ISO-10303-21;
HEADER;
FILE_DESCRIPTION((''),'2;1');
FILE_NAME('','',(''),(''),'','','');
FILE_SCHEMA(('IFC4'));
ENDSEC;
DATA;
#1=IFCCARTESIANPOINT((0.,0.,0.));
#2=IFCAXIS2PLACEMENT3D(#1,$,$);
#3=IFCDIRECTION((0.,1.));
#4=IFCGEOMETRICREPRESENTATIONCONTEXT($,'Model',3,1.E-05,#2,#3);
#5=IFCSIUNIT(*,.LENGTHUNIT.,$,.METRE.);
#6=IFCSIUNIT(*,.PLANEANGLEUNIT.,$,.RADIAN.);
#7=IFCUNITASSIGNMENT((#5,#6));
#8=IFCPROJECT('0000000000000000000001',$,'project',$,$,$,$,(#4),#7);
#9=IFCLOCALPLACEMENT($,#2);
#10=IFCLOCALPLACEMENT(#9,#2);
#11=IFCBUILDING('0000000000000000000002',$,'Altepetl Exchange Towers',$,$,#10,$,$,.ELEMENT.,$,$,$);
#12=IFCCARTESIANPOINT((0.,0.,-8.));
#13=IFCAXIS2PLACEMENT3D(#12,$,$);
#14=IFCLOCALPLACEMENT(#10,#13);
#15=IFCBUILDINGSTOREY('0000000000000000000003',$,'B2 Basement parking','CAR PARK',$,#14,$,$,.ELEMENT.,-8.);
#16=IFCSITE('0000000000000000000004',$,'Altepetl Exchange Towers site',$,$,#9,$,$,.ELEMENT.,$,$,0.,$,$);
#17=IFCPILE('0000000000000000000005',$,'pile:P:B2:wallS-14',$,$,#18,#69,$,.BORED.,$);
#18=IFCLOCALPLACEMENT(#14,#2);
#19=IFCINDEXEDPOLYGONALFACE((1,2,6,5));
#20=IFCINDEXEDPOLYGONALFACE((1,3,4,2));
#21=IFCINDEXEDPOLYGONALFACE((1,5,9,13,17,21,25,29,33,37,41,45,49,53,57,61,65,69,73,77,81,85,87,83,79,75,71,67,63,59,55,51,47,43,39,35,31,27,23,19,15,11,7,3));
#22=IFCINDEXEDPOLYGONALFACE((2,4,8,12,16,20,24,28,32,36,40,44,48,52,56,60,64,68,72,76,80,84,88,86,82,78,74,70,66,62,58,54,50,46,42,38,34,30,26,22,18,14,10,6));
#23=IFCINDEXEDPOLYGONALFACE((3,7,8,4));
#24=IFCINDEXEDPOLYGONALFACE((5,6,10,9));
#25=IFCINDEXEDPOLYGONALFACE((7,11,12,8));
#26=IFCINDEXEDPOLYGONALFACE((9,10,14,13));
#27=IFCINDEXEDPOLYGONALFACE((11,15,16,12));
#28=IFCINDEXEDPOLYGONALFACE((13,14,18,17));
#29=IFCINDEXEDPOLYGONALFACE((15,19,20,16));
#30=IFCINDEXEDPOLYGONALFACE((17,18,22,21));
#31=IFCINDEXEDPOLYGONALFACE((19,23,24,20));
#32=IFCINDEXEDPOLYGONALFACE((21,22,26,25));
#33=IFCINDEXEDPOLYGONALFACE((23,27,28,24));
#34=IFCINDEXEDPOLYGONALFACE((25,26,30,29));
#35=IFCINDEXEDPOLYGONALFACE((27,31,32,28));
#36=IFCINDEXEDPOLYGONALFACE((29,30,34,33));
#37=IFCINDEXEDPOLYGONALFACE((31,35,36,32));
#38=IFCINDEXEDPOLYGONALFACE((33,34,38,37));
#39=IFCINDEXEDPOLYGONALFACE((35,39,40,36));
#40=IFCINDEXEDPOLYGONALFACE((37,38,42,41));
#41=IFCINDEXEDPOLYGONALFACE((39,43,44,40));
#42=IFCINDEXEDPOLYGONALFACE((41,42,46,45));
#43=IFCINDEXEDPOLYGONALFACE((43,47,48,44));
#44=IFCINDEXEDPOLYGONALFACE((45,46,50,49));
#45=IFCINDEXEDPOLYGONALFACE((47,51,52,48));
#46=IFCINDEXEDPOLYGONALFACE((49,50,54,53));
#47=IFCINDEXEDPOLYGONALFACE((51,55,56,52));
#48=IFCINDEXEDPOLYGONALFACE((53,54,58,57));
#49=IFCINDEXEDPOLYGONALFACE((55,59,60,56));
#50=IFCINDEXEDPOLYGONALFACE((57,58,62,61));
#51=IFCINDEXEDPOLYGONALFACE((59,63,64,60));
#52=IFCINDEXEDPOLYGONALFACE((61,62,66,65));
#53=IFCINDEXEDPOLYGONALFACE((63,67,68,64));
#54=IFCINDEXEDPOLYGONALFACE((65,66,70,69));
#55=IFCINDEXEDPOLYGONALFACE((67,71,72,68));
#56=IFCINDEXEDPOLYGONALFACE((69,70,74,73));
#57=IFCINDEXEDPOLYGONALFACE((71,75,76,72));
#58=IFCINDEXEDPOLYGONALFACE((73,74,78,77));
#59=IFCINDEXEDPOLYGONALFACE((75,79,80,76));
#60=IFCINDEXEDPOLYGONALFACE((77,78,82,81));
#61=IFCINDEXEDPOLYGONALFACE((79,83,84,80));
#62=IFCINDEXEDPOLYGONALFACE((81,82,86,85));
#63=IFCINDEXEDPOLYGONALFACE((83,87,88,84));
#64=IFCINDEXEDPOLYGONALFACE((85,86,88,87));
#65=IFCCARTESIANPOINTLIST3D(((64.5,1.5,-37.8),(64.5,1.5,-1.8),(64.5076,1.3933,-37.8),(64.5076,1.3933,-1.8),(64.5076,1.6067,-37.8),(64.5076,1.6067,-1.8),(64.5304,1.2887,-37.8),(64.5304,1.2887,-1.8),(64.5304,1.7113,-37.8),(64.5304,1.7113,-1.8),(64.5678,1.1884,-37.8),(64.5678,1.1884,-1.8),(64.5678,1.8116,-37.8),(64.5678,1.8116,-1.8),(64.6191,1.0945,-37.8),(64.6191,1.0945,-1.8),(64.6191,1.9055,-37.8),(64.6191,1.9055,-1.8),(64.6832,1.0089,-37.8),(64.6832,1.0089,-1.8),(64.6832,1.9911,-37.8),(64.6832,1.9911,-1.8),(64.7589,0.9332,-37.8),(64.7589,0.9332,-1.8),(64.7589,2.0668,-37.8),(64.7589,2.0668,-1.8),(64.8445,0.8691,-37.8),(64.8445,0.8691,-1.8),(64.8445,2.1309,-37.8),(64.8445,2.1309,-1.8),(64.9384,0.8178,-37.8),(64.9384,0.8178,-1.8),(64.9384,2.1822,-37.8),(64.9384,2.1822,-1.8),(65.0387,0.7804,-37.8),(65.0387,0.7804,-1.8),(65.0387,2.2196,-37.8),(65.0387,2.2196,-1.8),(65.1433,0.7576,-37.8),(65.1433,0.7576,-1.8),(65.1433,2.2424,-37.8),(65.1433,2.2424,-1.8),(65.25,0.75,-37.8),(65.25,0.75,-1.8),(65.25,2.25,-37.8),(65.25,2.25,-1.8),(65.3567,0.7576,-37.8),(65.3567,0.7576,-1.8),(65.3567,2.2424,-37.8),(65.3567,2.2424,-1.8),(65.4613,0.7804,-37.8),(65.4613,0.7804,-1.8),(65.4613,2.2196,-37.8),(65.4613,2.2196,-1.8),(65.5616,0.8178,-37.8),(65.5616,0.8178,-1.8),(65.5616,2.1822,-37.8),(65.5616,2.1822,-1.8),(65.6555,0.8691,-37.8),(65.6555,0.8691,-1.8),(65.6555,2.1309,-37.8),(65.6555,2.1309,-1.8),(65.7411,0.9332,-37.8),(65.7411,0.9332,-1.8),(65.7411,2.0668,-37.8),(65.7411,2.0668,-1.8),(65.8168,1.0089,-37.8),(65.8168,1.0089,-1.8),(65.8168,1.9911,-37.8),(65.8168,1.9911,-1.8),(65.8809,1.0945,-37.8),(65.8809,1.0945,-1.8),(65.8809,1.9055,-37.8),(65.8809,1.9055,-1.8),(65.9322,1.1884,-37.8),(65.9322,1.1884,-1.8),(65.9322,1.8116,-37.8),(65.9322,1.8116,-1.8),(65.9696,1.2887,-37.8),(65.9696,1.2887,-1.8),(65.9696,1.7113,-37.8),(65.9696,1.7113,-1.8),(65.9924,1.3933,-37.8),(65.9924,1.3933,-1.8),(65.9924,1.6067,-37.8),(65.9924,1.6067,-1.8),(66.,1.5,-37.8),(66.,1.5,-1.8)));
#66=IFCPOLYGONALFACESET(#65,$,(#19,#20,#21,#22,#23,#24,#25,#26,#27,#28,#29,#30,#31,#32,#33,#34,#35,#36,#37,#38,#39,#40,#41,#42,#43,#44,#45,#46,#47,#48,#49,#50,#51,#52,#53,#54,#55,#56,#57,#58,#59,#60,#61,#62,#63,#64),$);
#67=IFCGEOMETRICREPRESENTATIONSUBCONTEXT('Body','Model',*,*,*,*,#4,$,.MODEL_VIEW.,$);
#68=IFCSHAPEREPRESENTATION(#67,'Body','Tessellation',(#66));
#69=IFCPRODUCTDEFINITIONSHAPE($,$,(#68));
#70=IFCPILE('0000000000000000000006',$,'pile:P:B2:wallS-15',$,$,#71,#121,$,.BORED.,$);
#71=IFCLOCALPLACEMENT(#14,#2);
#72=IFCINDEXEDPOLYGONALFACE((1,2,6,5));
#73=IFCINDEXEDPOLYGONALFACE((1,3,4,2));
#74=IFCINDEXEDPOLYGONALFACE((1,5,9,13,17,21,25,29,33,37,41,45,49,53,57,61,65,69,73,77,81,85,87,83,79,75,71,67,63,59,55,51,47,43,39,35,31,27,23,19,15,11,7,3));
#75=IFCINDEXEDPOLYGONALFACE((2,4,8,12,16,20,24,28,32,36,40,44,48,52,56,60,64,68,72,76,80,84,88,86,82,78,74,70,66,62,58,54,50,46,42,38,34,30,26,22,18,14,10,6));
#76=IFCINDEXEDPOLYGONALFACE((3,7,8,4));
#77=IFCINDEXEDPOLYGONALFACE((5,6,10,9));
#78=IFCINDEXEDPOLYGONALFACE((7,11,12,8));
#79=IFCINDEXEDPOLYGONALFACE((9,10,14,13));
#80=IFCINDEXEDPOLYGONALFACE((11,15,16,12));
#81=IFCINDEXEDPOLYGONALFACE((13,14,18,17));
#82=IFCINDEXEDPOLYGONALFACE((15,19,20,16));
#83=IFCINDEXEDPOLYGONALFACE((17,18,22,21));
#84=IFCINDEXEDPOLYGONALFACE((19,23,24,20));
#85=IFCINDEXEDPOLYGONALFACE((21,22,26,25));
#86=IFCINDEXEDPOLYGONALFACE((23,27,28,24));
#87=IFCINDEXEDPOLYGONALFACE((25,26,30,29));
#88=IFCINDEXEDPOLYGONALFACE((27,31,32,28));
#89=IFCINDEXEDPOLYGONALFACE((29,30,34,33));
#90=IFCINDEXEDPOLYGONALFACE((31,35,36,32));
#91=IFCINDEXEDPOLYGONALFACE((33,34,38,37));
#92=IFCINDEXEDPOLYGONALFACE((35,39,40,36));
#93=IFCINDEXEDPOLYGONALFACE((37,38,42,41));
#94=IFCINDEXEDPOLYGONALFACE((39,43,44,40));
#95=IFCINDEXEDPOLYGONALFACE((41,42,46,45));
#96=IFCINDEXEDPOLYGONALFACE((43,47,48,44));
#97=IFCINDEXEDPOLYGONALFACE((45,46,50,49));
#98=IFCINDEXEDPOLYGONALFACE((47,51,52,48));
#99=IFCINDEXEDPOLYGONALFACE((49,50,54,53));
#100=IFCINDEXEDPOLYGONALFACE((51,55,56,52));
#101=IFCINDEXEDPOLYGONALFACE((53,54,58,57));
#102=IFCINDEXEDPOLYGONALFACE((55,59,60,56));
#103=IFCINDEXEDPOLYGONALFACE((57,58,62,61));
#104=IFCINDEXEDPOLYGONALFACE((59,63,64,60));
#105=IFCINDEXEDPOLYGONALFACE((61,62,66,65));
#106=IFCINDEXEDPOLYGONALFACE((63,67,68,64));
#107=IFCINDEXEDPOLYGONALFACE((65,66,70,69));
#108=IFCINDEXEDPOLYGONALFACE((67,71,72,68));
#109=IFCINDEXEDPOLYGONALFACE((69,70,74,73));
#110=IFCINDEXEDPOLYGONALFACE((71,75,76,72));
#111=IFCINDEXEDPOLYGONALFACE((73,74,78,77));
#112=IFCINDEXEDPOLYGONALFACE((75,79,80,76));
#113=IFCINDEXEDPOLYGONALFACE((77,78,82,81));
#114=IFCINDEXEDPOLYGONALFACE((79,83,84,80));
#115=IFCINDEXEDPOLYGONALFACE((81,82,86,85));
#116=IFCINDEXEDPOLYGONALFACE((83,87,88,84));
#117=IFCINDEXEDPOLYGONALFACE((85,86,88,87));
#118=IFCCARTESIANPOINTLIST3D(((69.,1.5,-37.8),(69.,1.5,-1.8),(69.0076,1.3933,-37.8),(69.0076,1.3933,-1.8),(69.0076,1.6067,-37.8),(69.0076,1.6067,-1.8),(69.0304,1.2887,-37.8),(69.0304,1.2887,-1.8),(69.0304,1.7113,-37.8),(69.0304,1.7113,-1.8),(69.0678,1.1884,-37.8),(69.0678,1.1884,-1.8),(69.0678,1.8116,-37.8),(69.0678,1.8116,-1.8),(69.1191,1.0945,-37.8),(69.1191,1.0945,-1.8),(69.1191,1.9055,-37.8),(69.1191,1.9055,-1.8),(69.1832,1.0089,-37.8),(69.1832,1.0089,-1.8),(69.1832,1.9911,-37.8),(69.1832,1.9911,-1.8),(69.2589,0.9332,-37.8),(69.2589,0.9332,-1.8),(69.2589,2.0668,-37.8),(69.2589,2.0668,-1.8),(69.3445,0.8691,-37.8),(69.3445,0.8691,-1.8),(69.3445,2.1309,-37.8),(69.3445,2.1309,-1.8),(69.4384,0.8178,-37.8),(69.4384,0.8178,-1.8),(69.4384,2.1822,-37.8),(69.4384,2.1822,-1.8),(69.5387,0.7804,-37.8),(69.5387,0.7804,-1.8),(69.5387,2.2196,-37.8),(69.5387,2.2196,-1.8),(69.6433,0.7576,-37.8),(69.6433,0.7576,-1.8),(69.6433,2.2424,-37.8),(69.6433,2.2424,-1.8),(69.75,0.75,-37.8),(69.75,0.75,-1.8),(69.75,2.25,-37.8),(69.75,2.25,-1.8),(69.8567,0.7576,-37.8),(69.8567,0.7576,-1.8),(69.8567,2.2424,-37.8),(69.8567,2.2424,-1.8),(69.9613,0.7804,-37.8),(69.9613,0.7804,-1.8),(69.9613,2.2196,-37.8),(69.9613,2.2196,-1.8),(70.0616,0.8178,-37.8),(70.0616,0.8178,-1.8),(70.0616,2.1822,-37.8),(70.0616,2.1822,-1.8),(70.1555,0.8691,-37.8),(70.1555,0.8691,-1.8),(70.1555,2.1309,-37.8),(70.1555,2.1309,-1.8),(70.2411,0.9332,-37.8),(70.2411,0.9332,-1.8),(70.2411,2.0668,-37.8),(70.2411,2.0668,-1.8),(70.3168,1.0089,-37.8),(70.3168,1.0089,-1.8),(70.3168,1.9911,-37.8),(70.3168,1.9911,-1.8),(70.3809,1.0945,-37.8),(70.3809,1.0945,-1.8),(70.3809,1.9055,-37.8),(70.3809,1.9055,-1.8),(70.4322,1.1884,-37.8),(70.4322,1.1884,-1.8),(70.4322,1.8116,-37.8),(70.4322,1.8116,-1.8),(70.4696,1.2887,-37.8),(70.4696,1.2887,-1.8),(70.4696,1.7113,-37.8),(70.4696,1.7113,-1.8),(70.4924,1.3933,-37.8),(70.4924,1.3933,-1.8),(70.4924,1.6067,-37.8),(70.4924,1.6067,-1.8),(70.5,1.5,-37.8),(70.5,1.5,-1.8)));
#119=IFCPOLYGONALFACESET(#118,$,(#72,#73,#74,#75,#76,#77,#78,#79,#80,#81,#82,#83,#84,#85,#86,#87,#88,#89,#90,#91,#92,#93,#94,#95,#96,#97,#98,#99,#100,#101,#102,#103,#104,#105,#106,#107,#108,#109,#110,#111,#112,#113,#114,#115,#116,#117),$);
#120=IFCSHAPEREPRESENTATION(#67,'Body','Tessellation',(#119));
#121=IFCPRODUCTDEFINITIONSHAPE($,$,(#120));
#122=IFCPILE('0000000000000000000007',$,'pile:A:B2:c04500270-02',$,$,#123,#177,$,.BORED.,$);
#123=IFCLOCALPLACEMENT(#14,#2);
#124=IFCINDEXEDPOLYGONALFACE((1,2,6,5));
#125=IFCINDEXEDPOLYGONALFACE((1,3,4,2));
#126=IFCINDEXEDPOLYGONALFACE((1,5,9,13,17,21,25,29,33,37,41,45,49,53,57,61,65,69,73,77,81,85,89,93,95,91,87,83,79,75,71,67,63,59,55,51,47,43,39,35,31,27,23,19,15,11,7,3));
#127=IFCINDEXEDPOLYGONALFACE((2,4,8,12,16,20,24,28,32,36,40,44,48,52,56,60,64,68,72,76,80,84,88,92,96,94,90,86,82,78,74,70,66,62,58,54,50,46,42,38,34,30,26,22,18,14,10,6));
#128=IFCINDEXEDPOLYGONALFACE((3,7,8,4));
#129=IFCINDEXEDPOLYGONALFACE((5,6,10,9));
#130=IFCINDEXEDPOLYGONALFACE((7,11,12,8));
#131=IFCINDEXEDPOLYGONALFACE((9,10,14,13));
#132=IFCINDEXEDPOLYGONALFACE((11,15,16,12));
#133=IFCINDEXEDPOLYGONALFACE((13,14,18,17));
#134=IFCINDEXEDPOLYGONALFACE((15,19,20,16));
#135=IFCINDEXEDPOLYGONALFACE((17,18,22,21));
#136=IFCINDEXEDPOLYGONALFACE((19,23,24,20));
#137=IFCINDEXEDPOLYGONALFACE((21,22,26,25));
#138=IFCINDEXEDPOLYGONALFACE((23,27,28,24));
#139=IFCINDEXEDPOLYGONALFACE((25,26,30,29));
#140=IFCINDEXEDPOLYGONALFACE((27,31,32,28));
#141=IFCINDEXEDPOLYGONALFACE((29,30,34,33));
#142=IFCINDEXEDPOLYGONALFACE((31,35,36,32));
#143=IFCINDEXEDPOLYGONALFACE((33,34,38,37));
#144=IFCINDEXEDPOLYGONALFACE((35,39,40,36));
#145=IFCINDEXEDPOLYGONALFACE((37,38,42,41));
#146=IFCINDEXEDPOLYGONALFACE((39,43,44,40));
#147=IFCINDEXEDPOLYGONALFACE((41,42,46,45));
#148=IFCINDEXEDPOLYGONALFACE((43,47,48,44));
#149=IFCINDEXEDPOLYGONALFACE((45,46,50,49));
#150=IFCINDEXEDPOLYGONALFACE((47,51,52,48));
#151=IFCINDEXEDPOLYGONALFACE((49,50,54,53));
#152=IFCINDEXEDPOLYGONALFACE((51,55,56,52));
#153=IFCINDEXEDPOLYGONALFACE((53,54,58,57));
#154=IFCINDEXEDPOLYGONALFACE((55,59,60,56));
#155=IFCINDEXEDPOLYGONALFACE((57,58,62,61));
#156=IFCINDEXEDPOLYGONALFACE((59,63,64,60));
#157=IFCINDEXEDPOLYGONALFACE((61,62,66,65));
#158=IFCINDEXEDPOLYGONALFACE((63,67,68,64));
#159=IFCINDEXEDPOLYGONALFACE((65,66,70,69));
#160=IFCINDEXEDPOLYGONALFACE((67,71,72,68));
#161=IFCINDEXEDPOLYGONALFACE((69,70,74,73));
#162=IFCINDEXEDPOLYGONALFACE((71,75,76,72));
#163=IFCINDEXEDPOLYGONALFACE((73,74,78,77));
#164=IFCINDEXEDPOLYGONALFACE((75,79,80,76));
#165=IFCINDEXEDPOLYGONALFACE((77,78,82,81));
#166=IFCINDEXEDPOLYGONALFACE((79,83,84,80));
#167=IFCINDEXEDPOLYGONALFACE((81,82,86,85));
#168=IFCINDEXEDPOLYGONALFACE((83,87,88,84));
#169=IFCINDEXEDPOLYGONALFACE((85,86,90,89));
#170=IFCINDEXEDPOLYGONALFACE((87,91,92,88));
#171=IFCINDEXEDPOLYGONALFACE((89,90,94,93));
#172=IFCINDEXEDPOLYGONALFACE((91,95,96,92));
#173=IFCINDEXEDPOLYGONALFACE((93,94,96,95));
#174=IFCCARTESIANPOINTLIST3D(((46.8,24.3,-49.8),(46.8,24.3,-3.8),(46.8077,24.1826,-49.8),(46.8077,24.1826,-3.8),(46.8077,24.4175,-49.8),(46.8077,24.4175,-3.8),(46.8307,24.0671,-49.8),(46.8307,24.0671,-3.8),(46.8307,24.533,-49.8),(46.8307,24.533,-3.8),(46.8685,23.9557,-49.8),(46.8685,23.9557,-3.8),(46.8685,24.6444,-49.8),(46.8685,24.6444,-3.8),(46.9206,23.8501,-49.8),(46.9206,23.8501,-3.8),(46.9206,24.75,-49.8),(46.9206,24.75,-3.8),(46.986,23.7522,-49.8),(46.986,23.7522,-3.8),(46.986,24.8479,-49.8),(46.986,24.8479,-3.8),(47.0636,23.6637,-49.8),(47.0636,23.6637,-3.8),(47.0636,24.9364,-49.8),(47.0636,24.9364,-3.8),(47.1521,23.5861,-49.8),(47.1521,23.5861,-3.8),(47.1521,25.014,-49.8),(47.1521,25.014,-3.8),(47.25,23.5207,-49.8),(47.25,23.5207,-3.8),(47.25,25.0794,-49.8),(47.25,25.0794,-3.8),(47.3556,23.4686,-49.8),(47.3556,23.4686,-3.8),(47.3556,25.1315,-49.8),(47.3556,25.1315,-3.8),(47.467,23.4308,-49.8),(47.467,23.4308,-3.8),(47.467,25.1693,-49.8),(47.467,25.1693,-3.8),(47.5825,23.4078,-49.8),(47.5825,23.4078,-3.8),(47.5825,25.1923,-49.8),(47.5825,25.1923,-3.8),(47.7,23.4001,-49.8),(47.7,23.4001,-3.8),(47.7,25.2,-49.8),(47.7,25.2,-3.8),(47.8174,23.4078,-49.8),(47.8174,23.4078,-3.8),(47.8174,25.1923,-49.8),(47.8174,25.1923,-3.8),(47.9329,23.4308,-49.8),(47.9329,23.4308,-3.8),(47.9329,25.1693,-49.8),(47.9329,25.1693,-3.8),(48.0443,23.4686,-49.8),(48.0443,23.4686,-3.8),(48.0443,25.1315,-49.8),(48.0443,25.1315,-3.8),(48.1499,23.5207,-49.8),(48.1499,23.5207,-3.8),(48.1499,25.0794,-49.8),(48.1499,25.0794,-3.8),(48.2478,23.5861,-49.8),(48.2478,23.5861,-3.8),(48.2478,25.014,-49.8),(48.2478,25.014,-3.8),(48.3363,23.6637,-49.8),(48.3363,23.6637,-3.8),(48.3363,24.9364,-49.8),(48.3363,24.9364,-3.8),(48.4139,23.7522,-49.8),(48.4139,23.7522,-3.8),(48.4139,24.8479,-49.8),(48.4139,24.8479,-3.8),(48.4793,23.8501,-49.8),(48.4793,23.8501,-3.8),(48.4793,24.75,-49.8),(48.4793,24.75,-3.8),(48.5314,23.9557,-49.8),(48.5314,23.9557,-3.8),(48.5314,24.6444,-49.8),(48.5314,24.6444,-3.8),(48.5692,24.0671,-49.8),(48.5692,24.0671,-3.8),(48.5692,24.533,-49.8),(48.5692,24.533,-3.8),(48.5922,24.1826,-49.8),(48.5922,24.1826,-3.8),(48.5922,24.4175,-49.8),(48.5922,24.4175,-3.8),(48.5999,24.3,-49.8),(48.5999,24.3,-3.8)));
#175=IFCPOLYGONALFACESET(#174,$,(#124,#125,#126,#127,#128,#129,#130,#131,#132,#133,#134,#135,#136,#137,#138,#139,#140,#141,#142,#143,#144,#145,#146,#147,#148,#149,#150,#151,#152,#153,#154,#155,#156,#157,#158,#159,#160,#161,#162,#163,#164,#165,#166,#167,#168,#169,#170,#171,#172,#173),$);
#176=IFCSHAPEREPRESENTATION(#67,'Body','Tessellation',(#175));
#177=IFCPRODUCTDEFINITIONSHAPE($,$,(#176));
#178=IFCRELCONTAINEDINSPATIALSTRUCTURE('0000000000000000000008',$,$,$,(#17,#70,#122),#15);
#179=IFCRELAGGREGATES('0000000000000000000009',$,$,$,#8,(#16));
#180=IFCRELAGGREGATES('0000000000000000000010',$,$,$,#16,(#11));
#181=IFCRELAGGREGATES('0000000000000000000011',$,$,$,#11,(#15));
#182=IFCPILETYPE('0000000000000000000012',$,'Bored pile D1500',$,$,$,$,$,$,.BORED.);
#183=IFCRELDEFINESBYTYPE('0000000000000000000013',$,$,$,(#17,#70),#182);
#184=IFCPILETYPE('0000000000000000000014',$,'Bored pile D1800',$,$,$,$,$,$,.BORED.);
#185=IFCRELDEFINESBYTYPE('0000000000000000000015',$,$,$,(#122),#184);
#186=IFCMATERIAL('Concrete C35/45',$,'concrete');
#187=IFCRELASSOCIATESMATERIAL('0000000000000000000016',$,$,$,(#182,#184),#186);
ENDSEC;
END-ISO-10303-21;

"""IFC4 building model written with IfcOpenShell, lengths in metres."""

from ifc_helpers import new_model, si_unit, direction, frame, origin, origin_2d, place, context, subcontext, project, spatial, circle, extrude, material, material_profile, profile_set, type_object, element, save


model = new_model("IFC4")

# Units and contexts
model_context = context("Model", 3, precision=1e-05, world=origin(), true_north=direction((0.0, 1.0)))
body_context = subcontext(model_context, "Body", "Model", "MODEL_VIEW")
ifc_project = project(units=[si_unit("LENGTHUNIT", "METRE"), si_unit("PLANEANGLEUNIT", "RADIAN")], contexts=[model_context])

# Site, building, storey
site_placement = place(None, origin())
site = spatial("IfcSite", under=ifc_project, at=site_placement, Name="Altepetl Exchange Towers site", CompositionType="ELEMENT", RefElevation=0.0)
building_placement = place(site_placement, origin())
building = spatial("IfcBuilding", under=site, at=building_placement, Name="Altepetl Exchange Towers", CompositionType="ELEMENT")
storey_placement = place(building_placement, frame((0.0, 0.0, -8.0)))
storey = spatial("IfcBuildingStorey", under=building, at=storey_placement, Name="B2 Basement parking", Description="CAR PARK", CompositionType="ELEMENT", Elevation=-8.0)

# Piles
ifc_material_1 = material(Name="Concrete C35/45", Category="concrete")
ifc_material_profile_1 = material_profile(ifc_material_1, circle(Radius=0.75, at=origin_2d()), Name="D1500")
ifc_profile_set_1 = profile_set([ifc_material_profile_1], Name="Concrete C35/45")
pile_type_1 = type_object("IfcPileType", Name="Bored pile D1500", PredefinedType="BORED", material=ifc_profile_set_1)
for number, where, z_axis, x_axis, name in (
    (1, (65.25, 1.5, -1.8), (0.0, 0.0, -1.0), (1.0, 0.0, 0.0), "pile:P:B2:wallS-14"),
    (2, (69.75, 1.5, -1.8), (0.0, 0.0, -1.0), (1.0, 0.0, 0.0), "pile:P:B2:wallS-15"),
):
    element("IfcPile", number, at=place(storey_placement, frame(where, z_axis=z_axis, x_axis=x_axis)), inside=storey, type_object=pile_type_1, Name=name, PredefinedType="BORED", context=body_context, shape_type="SweptSolid", body=[
        extrude(circle(Radius=0.75, at=origin_2d()), origin(), (0.0, 0.0, 1.0), 36.0),
    ])
ifc_material_profile_2 = material_profile(ifc_material_1, circle(Radius=0.8999, at=origin_2d()), Name="D1800")
ifc_profile_set_2 = profile_set([ifc_material_profile_2], Name="Concrete C35/45")
pile_type_2 = type_object("IfcPileType", Name="Bored pile D1800", PredefinedType="BORED", material=ifc_profile_set_2)
for number, where, z_axis, x_axis, name in (
    (3, (47.7, 24.3, -3.8), (0.0, 0.0, -1.0), (1.0, 0.0, 0.0), "pile:A:B2:c04500270-02"),
):
    element("IfcPile", number, at=place(storey_placement, frame(where, z_axis=z_axis, x_axis=x_axis)), inside=storey, type_object=pile_type_2, Name=name, PredefinedType="BORED", context=body_context, shape_type="SweptSolid", body=[
        extrude(circle(Radius=0.8999, at=origin_2d()), origin(), (0.0, 0.0, 1.0), 46.0),
    ])

save(model, "model.ifc")
